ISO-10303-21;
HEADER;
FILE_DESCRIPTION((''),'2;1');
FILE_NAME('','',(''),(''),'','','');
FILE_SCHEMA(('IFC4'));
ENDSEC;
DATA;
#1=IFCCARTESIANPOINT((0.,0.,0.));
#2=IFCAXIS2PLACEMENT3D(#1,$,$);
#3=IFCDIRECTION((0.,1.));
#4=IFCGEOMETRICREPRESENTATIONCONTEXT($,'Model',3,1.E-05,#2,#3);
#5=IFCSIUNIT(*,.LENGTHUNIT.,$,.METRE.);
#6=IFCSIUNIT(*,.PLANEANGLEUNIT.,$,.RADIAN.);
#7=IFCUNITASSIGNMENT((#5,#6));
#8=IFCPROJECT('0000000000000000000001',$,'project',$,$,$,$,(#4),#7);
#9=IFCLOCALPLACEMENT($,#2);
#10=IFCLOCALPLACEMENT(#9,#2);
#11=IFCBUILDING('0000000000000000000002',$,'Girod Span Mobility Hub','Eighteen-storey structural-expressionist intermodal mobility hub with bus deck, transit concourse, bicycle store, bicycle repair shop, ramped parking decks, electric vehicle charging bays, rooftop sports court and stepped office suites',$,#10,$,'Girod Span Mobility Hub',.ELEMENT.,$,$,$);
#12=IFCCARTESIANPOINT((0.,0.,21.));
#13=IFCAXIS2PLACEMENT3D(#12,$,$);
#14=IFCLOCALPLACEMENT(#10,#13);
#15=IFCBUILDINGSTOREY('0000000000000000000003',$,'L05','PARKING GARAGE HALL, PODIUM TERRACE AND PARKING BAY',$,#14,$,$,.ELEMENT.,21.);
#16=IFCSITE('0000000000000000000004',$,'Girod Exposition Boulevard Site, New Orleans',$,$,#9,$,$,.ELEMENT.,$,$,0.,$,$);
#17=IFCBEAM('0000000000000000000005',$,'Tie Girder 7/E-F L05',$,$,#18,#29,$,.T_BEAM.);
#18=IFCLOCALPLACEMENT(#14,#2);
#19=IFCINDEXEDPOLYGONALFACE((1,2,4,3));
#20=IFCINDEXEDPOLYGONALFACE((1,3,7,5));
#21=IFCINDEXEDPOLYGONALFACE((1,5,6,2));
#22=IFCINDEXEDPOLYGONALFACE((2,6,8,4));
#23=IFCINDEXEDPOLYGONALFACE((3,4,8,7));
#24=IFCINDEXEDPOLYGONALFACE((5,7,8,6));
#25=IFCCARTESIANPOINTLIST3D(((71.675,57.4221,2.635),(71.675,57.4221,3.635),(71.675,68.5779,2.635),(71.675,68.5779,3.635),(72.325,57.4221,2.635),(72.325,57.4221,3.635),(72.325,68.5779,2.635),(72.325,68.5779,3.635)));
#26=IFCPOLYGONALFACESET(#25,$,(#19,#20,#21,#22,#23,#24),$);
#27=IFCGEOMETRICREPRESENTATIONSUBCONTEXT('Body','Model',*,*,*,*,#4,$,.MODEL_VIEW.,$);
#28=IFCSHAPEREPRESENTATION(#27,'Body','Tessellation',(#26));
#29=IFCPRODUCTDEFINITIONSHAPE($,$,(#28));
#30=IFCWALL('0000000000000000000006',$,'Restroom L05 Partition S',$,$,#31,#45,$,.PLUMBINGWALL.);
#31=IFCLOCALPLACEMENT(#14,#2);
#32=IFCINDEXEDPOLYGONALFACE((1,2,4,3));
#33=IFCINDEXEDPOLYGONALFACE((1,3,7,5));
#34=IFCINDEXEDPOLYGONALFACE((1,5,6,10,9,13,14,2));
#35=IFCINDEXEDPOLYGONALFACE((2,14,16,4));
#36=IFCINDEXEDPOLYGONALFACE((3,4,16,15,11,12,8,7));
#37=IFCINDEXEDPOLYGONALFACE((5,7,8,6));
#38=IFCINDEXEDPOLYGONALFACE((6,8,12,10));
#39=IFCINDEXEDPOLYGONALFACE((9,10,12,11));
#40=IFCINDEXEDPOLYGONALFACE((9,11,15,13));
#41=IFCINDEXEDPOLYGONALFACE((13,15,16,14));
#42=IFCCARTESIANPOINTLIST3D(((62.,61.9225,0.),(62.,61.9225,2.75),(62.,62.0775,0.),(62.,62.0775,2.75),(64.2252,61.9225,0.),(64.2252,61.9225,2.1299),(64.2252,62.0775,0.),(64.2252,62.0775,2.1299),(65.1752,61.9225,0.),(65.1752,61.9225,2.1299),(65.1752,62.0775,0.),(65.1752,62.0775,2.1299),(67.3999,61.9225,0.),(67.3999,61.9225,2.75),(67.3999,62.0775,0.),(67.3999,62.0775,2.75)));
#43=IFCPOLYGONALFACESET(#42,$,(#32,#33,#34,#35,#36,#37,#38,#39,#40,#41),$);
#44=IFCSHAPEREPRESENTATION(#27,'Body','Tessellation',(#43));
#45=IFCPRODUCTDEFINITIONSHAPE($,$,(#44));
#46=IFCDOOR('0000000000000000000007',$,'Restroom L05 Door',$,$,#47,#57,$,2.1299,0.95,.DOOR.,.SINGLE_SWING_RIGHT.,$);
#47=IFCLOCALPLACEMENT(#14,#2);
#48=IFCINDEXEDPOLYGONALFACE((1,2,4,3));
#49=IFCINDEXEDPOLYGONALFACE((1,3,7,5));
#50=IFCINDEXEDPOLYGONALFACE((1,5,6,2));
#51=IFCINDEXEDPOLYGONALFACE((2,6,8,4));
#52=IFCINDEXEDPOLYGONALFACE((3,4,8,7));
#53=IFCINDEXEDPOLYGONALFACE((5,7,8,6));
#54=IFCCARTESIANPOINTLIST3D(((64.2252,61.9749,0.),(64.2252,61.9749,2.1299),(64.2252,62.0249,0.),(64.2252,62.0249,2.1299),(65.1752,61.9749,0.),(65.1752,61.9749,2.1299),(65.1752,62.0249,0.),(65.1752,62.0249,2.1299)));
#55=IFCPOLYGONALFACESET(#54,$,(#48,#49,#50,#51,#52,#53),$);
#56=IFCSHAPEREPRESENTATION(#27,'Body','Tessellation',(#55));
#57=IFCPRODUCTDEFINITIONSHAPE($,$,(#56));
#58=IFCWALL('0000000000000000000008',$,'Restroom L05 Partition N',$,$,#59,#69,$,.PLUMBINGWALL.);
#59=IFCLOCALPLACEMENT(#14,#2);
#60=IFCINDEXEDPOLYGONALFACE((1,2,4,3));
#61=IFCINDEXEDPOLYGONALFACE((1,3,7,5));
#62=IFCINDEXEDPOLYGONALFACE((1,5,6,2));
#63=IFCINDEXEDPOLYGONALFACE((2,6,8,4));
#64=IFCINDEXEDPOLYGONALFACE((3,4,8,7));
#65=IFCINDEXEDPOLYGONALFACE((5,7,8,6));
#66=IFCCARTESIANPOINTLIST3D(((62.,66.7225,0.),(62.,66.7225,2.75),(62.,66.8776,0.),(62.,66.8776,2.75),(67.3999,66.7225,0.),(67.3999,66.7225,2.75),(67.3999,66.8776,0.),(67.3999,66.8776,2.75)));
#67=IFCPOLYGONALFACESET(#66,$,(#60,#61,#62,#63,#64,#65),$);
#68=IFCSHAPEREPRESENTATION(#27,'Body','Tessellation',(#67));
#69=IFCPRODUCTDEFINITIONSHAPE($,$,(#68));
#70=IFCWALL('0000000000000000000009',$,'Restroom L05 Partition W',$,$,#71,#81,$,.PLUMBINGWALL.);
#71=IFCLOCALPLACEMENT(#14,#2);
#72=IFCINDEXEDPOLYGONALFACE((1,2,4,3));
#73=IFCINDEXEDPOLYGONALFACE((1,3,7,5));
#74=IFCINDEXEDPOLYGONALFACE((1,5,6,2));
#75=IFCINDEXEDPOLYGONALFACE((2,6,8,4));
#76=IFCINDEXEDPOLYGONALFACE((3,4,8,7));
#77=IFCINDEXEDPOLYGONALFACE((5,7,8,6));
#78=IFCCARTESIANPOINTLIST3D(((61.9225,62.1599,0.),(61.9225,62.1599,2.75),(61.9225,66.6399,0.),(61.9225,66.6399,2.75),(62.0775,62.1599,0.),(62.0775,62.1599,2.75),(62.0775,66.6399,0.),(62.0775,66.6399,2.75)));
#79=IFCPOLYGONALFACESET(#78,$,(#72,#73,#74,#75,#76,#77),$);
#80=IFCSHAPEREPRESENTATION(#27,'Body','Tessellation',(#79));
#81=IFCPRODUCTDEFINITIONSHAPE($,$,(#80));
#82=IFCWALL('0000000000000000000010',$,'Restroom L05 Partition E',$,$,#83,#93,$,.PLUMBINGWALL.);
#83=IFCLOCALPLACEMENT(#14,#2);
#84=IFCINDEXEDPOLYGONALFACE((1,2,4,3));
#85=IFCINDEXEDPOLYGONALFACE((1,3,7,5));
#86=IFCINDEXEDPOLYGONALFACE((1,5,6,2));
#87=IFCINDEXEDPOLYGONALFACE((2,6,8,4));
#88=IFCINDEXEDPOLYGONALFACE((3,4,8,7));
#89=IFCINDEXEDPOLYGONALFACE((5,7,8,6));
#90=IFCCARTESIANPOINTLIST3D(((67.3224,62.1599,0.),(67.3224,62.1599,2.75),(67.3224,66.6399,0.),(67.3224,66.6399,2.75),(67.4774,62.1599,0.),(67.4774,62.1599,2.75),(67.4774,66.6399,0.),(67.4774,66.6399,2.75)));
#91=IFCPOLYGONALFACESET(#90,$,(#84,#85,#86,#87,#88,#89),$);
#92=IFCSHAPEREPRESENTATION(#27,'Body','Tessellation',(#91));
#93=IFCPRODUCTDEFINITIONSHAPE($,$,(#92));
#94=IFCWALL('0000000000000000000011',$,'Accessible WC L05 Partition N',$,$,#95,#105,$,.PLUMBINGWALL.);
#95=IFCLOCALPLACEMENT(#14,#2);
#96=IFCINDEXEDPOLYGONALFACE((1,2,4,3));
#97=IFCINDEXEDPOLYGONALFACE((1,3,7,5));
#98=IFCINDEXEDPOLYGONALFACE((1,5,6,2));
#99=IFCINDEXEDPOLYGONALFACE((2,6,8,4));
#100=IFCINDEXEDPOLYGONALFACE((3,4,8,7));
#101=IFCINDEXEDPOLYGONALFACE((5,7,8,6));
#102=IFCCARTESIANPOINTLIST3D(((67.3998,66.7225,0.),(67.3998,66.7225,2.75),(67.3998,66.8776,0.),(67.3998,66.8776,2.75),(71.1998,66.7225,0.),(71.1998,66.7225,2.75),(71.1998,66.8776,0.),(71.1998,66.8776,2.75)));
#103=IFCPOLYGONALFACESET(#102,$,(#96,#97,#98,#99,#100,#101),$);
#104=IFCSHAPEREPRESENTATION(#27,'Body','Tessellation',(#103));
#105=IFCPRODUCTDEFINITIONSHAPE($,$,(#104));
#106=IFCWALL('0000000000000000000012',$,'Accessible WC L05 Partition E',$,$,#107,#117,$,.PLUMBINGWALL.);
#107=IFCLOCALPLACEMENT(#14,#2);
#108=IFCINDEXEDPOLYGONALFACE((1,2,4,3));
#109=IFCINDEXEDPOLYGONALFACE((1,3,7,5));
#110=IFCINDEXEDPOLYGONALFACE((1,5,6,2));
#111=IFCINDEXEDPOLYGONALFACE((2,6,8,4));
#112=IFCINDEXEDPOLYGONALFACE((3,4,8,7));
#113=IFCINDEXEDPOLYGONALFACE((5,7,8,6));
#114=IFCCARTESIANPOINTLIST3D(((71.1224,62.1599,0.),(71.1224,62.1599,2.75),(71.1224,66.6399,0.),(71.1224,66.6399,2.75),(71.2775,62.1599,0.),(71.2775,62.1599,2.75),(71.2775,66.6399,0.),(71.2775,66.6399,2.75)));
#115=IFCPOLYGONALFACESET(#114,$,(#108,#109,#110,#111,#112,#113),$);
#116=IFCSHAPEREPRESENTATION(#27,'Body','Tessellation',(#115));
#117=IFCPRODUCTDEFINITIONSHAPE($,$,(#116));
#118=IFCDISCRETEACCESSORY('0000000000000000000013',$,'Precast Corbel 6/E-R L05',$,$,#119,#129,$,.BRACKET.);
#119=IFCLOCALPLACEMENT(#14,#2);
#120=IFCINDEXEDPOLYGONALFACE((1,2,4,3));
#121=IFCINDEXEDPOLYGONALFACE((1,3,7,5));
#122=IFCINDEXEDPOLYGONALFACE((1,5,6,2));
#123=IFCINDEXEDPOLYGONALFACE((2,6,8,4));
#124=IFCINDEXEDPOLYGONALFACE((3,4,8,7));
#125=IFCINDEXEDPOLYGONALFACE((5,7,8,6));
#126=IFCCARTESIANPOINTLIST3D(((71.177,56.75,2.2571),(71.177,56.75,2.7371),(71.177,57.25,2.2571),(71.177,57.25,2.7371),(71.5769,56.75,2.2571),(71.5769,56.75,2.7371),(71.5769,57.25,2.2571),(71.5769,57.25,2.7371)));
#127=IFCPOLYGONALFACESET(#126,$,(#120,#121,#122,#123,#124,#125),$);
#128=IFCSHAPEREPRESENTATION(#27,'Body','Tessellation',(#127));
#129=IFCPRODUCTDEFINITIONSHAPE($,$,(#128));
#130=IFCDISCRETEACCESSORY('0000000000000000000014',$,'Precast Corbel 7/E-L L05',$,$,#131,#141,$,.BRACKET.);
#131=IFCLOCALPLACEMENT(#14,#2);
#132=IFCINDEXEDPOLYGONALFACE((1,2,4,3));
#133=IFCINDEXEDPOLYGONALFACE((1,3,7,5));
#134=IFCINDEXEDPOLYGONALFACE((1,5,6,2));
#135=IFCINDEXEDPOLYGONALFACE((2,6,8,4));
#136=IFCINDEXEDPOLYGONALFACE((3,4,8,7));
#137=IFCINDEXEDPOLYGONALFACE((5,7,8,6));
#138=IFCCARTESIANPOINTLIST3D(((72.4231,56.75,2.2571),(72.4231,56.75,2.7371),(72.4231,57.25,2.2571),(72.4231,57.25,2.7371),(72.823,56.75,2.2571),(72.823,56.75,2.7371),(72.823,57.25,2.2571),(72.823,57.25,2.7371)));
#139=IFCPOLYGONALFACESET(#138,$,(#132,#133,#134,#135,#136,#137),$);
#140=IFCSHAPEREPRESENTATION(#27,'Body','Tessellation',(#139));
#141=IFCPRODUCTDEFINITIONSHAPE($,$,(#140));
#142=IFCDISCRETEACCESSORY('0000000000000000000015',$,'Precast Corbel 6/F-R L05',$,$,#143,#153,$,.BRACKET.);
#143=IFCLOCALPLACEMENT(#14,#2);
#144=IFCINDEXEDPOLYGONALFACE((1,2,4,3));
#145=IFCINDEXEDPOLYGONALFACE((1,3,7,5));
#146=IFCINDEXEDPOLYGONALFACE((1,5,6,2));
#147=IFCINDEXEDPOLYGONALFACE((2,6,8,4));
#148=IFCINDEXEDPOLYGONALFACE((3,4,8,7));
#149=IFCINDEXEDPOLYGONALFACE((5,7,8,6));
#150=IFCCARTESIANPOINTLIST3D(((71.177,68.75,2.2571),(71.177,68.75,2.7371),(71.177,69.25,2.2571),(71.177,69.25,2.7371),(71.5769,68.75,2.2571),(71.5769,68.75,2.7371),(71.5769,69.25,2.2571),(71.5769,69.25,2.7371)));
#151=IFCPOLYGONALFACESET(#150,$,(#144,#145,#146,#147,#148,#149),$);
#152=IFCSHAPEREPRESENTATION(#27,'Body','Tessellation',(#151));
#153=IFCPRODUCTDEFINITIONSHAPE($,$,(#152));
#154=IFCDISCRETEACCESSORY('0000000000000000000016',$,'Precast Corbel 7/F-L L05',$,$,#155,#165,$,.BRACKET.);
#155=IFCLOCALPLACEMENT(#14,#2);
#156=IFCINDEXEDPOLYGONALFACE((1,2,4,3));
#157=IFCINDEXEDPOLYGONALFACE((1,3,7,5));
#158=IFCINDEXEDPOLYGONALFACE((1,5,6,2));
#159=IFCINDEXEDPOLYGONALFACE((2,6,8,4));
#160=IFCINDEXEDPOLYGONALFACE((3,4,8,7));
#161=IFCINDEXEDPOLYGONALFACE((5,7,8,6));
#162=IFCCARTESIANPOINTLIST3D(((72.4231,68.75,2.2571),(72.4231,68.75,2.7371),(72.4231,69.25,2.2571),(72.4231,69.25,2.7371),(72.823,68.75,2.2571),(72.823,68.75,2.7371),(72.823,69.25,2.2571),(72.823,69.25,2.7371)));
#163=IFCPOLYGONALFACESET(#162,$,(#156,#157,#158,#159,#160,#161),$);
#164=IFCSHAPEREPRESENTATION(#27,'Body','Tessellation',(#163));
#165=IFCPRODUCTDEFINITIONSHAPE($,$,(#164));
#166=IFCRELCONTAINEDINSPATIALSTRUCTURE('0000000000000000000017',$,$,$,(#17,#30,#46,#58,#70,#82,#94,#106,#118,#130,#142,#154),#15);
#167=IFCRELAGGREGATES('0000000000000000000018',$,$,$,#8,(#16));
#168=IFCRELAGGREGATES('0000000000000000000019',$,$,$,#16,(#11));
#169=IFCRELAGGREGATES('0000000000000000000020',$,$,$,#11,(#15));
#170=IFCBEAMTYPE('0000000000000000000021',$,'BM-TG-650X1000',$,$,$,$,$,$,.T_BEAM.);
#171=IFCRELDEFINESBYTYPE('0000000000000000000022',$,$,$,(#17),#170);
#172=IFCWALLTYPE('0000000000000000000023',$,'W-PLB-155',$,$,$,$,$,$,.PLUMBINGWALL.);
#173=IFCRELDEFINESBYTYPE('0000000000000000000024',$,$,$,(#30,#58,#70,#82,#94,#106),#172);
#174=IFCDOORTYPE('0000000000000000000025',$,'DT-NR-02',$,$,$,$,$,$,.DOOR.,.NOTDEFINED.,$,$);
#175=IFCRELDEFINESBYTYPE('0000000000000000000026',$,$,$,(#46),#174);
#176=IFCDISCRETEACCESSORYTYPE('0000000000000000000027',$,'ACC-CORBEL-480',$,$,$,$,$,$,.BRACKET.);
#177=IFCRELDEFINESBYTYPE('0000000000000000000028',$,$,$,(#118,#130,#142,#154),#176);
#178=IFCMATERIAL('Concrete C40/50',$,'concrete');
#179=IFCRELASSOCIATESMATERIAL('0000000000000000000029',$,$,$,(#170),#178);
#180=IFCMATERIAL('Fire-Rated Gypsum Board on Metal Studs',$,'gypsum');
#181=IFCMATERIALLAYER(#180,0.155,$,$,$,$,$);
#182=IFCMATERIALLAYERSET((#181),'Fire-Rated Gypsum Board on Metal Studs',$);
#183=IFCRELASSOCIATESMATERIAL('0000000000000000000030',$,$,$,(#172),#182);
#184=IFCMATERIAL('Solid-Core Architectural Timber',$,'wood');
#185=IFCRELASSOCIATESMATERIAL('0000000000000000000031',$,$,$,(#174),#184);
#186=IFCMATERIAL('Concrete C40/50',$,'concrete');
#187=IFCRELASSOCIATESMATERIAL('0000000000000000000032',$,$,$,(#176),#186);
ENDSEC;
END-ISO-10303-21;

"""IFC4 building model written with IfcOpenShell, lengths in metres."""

from ifc_helpers import new_model, si_unit, direction, frame, frame_2d, origin, origin_2d, place, context, subcontext, project, spatial, rectangle, extrude, material, layer, layer_set, material_profile, profile_set, type_object, element, fill, save


model = new_model("IFC4")

# Units and contexts
model_context = context("Model", 3, precision=1e-05, world=origin(), true_north=direction((0.0, 1.0)))
body_context = subcontext(model_context, "Body", "Model", "MODEL_VIEW")
ifc_project = project(units=[si_unit("LENGTHUNIT", "METRE"), si_unit("PLANEANGLEUNIT", "RADIAN")], contexts=[model_context])

# Site, building, storey
site_placement = place(None, origin())
site = spatial("IfcSite", under=ifc_project, at=site_placement, Name="Girod Exposition Boulevard Site, New Orleans", CompositionType="ELEMENT", RefElevation=0.0)
building_placement = place(site_placement, origin())
building = spatial("IfcBuilding", under=site, at=building_placement, Name="Girod Span Mobility Hub", Description="Eighteen-storey structural-expressionist intermodal mobility hub with bus deck, transit concourse, bicycle store, bicycle repair shop, ramped parking decks, electric vehicle charging bays, rooftop sports court and stepped office suites", LongName="Girod Span Mobility Hub", CompositionType="ELEMENT")
storey_placement = place(building_placement, frame((0.0, 0.0, 21.0)))
storey = spatial("IfcBuildingStorey", under=building, at=storey_placement, Name="L05", Description="PARKING GARAGE HALL, PODIUM TERRACE AND PARKING BAY", CompositionType="ELEMENT", Elevation=21.0)

# Beam
ifc_material_1 = material(Name="Concrete C40/50", Category="concrete")
ifc_material_profile_1 = material_profile(ifc_material_1, rectangle(XDim=0.6499, YDim=1.0, at=origin_2d()), Name="TG-650X1000")
ifc_profile_set_1 = profile_set([ifc_material_profile_1], Name="Concrete C40/50")
beam_type_1 = type_object("IfcBeamType", Name="BM-TG-650X1000", PredefinedType="T_BEAM", material=ifc_profile_set_1)
beam_placement = place(storey_placement, frame((72.0, 57.4221, 3.135), z_axis=(0.0, 1.0, 0.0), x_axis=(-1.0, 0.0, 0.0)))
element("IfcBeam", 1, at=beam_placement, inside=storey, type_object=beam_type_1, Name="Tie Girder 7/E-F L05", PredefinedType="T_BEAM", context=body_context, shape_type="SweptSolid", body=[
    extrude(rectangle(XDim=0.6499, YDim=1.0, at=origin_2d()), origin(), (0.0, 0.0, 1.0), 11.1558),
])

# Wall, opening, door
ifc_material_2 = material(Name="Fire-Rated Gypsum Board on Metal Studs", Category="gypsum")
ifc_layer = layer(ifc_material_2, 0.155)
ifc_layer_set = layer_set([ifc_layer], Name="Fire-Rated Gypsum Board on Metal Studs")
wall_type = type_object("IfcWallType", Name="W-PLB-155", PredefinedType="PLUMBINGWALL", material=ifc_layer_set)
wall_1_placement = place(storey_placement, frame((62.0, 62.0, 0.0), z_axis=(0.0, 0.0, 1.0), x_axis=(1.0, 0.0, 0.0)))
wall_1 = element("IfcWall", 2, at=wall_1_placement, inside=storey, type_object=wall_type, Name="Restroom L05 Partition S", PredefinedType="PLUMBINGWALL", context=body_context, shape_type="SweptSolid", body=[
    extrude(rectangle(XDim=5.3999, YDim=0.155, at=frame_2d((2.7, 0.0))), origin(), (0.0, 0.0, 1.0), 2.75),
])
opening_1_placement = place(wall_1_placement, frame((2.2251, 0.0, 0.0)))
opening_1 = element("IfcOpeningElement", 3, at=opening_1_placement, cuts=wall_1, PredefinedType="OPENING", context=body_context, shape_type="SweptSolid", body=[
    extrude(rectangle(XDim=0.95, YDim=2.1299, at=frame_2d((0.4751, 1.0649))), frame((0.0, 0.0925, 0.0), z_axis=(0.0, -1.0, 0.0), x_axis=(1.0, 0.0, 0.0)), (0.0, 0.0, 1.0), 0.1851),
])
ifc_material_3 = material(Name="Solid-Core Architectural Timber", Category="wood")
door_type_1 = type_object("IfcDoorType", Name="DT-NR-02", OperationType="NOTDEFINED", PredefinedType="DOOR", material=ifc_material_3)
door_1_placement = place(opening_1_placement, origin())
door_1 = element("IfcDoor", 4, at=door_1_placement, inside=storey, type_object=door_type_1, Name="Restroom L05 Door", OperationType="SINGLE_SWING_RIGHT", OverallHeight=2.1299, OverallWidth=0.95, PredefinedType="DOOR", context=body_context, shape_type="SweptSolid", body=[
    extrude(rectangle(XDim=0.95, YDim=2.1299, at=frame_2d((0.4751, 1.0649))), frame((0.0, 0.0249, 0.0), z_axis=(0.0, -1.0, 0.0), x_axis=(1.0, 0.0, 0.0)), (0.0, 0.0, 1.0), 0.05),
])
fill(opening_1, door_1)

# Walls
wall_2_placement = place(storey_placement, frame((62.0, 66.8, 0.0), z_axis=(0.0, 0.0, 1.0), x_axis=(1.0, 0.0, 0.0)))
element("IfcWall", 5, at=wall_2_placement, inside=storey, type_object=wall_type, Name="Restroom L05 Partition N", PredefinedType="PLUMBINGWALL", context=body_context, shape_type="SweptSolid", body=[
    extrude(rectangle(XDim=5.3999, YDim=0.155, at=frame_2d((2.7, 0.0))), origin(), (0.0, 0.0, 1.0), 2.75),
])
for number, where, z_axis, x_axis, name in (
    (6, (62.0, 62.1599, 0.0), (0.0, 0.0, 1.0), (0.0, 1.0, 0.0), "Restroom L05 Partition W"),
    (7, (67.3999, 62.1599, 0.0), (0.0, 0.0, 1.0), (0.0, 1.0, 0.0), "Restroom L05 Partition E"),
):
    element("IfcWall", number, at=place(storey_placement, frame(where, z_axis=z_axis, x_axis=x_axis)), inside=storey, type_object=wall_type, Name=name, PredefinedType="PLUMBINGWALL", context=body_context, shape_type="SweptSolid", body=[
        extrude(rectangle(XDim=4.48, YDim=0.155, at=frame_2d((2.24, 0.0))), origin(), (0.0, 0.0, 1.0), 2.75),
    ])

# Walls
wall_3_placement = place(storey_placement, frame((67.3999, 66.8, 0.0), z_axis=(0.0, 0.0, 1.0), x_axis=(1.0, 0.0, 0.0)))
element("IfcWall", 8, at=wall_3_placement, inside=storey, type_object=wall_type, Name="Accessible WC L05 Partition N", PredefinedType="PLUMBINGWALL", context=body_context, shape_type="SweptSolid", body=[
    extrude(rectangle(XDim=3.8, YDim=0.155, at=frame_2d((1.8999, 0.0))), origin(), (0.0, 0.0, 1.0), 2.75),
])
wall_4_placement = place(storey_placement, frame((71.2, 62.1599, 0.0), z_axis=(0.0, 0.0, 1.0), x_axis=(0.0, 1.0, 0.0)))
element("IfcWall", 9, at=wall_4_placement, inside=storey, type_object=wall_type, Name="Accessible WC L05 Partition E", PredefinedType="PLUMBINGWALL", context=body_context, shape_type="SweptSolid", body=[
    extrude(rectangle(XDim=4.48, YDim=0.155, at=frame_2d((2.24, 0.0))), origin(), (0.0, 0.0, 1.0), 2.75),
])

# Discrete accessories
ifc_material_4 = material(Name="Concrete C40/50", Category="concrete")
discrete_accessory_type = type_object("IfcDiscreteAccessoryType", Name="ACC-CORBEL-480", PredefinedType="BRACKET", material=ifc_material_4)
for number, where, z_axis, x_axis, name in (
    (10, (71.377, 57.0, 2.2571), (0.0, 0.0, 1.0), (1.0, 0.0, 0.0), "Precast Corbel 6/E-R L05"),
    (11, (72.623, 57.0, 2.2571), (0.0, 0.0, 1.0), (1.0, 0.0, 0.0), "Precast Corbel 7/E-L L05"),
    (12, (71.377, 69.0, 2.2571), (0.0, 0.0, 1.0), (1.0, 0.0, 0.0), "Precast Corbel 6/F-R L05"),
    (13, (72.623, 69.0, 2.2571), (0.0, 0.0, 1.0), (1.0, 0.0, 0.0), "Precast Corbel 7/F-L L05"),
):
    element("IfcDiscreteAccessory", number, at=place(storey_placement, frame(where, z_axis=z_axis, x_axis=x_axis)), inside=storey, type_object=discrete_accessory_type, Name=name, PredefinedType="BRACKET", context=body_context, shape_type="SweptSolid", body=[
        extrude(rectangle(XDim=0.3999, YDim=0.5, at=origin_2d()), origin(), (0.0, 0.0, 1.0), 0.48),
    ])

save(model, "model.ifc")
